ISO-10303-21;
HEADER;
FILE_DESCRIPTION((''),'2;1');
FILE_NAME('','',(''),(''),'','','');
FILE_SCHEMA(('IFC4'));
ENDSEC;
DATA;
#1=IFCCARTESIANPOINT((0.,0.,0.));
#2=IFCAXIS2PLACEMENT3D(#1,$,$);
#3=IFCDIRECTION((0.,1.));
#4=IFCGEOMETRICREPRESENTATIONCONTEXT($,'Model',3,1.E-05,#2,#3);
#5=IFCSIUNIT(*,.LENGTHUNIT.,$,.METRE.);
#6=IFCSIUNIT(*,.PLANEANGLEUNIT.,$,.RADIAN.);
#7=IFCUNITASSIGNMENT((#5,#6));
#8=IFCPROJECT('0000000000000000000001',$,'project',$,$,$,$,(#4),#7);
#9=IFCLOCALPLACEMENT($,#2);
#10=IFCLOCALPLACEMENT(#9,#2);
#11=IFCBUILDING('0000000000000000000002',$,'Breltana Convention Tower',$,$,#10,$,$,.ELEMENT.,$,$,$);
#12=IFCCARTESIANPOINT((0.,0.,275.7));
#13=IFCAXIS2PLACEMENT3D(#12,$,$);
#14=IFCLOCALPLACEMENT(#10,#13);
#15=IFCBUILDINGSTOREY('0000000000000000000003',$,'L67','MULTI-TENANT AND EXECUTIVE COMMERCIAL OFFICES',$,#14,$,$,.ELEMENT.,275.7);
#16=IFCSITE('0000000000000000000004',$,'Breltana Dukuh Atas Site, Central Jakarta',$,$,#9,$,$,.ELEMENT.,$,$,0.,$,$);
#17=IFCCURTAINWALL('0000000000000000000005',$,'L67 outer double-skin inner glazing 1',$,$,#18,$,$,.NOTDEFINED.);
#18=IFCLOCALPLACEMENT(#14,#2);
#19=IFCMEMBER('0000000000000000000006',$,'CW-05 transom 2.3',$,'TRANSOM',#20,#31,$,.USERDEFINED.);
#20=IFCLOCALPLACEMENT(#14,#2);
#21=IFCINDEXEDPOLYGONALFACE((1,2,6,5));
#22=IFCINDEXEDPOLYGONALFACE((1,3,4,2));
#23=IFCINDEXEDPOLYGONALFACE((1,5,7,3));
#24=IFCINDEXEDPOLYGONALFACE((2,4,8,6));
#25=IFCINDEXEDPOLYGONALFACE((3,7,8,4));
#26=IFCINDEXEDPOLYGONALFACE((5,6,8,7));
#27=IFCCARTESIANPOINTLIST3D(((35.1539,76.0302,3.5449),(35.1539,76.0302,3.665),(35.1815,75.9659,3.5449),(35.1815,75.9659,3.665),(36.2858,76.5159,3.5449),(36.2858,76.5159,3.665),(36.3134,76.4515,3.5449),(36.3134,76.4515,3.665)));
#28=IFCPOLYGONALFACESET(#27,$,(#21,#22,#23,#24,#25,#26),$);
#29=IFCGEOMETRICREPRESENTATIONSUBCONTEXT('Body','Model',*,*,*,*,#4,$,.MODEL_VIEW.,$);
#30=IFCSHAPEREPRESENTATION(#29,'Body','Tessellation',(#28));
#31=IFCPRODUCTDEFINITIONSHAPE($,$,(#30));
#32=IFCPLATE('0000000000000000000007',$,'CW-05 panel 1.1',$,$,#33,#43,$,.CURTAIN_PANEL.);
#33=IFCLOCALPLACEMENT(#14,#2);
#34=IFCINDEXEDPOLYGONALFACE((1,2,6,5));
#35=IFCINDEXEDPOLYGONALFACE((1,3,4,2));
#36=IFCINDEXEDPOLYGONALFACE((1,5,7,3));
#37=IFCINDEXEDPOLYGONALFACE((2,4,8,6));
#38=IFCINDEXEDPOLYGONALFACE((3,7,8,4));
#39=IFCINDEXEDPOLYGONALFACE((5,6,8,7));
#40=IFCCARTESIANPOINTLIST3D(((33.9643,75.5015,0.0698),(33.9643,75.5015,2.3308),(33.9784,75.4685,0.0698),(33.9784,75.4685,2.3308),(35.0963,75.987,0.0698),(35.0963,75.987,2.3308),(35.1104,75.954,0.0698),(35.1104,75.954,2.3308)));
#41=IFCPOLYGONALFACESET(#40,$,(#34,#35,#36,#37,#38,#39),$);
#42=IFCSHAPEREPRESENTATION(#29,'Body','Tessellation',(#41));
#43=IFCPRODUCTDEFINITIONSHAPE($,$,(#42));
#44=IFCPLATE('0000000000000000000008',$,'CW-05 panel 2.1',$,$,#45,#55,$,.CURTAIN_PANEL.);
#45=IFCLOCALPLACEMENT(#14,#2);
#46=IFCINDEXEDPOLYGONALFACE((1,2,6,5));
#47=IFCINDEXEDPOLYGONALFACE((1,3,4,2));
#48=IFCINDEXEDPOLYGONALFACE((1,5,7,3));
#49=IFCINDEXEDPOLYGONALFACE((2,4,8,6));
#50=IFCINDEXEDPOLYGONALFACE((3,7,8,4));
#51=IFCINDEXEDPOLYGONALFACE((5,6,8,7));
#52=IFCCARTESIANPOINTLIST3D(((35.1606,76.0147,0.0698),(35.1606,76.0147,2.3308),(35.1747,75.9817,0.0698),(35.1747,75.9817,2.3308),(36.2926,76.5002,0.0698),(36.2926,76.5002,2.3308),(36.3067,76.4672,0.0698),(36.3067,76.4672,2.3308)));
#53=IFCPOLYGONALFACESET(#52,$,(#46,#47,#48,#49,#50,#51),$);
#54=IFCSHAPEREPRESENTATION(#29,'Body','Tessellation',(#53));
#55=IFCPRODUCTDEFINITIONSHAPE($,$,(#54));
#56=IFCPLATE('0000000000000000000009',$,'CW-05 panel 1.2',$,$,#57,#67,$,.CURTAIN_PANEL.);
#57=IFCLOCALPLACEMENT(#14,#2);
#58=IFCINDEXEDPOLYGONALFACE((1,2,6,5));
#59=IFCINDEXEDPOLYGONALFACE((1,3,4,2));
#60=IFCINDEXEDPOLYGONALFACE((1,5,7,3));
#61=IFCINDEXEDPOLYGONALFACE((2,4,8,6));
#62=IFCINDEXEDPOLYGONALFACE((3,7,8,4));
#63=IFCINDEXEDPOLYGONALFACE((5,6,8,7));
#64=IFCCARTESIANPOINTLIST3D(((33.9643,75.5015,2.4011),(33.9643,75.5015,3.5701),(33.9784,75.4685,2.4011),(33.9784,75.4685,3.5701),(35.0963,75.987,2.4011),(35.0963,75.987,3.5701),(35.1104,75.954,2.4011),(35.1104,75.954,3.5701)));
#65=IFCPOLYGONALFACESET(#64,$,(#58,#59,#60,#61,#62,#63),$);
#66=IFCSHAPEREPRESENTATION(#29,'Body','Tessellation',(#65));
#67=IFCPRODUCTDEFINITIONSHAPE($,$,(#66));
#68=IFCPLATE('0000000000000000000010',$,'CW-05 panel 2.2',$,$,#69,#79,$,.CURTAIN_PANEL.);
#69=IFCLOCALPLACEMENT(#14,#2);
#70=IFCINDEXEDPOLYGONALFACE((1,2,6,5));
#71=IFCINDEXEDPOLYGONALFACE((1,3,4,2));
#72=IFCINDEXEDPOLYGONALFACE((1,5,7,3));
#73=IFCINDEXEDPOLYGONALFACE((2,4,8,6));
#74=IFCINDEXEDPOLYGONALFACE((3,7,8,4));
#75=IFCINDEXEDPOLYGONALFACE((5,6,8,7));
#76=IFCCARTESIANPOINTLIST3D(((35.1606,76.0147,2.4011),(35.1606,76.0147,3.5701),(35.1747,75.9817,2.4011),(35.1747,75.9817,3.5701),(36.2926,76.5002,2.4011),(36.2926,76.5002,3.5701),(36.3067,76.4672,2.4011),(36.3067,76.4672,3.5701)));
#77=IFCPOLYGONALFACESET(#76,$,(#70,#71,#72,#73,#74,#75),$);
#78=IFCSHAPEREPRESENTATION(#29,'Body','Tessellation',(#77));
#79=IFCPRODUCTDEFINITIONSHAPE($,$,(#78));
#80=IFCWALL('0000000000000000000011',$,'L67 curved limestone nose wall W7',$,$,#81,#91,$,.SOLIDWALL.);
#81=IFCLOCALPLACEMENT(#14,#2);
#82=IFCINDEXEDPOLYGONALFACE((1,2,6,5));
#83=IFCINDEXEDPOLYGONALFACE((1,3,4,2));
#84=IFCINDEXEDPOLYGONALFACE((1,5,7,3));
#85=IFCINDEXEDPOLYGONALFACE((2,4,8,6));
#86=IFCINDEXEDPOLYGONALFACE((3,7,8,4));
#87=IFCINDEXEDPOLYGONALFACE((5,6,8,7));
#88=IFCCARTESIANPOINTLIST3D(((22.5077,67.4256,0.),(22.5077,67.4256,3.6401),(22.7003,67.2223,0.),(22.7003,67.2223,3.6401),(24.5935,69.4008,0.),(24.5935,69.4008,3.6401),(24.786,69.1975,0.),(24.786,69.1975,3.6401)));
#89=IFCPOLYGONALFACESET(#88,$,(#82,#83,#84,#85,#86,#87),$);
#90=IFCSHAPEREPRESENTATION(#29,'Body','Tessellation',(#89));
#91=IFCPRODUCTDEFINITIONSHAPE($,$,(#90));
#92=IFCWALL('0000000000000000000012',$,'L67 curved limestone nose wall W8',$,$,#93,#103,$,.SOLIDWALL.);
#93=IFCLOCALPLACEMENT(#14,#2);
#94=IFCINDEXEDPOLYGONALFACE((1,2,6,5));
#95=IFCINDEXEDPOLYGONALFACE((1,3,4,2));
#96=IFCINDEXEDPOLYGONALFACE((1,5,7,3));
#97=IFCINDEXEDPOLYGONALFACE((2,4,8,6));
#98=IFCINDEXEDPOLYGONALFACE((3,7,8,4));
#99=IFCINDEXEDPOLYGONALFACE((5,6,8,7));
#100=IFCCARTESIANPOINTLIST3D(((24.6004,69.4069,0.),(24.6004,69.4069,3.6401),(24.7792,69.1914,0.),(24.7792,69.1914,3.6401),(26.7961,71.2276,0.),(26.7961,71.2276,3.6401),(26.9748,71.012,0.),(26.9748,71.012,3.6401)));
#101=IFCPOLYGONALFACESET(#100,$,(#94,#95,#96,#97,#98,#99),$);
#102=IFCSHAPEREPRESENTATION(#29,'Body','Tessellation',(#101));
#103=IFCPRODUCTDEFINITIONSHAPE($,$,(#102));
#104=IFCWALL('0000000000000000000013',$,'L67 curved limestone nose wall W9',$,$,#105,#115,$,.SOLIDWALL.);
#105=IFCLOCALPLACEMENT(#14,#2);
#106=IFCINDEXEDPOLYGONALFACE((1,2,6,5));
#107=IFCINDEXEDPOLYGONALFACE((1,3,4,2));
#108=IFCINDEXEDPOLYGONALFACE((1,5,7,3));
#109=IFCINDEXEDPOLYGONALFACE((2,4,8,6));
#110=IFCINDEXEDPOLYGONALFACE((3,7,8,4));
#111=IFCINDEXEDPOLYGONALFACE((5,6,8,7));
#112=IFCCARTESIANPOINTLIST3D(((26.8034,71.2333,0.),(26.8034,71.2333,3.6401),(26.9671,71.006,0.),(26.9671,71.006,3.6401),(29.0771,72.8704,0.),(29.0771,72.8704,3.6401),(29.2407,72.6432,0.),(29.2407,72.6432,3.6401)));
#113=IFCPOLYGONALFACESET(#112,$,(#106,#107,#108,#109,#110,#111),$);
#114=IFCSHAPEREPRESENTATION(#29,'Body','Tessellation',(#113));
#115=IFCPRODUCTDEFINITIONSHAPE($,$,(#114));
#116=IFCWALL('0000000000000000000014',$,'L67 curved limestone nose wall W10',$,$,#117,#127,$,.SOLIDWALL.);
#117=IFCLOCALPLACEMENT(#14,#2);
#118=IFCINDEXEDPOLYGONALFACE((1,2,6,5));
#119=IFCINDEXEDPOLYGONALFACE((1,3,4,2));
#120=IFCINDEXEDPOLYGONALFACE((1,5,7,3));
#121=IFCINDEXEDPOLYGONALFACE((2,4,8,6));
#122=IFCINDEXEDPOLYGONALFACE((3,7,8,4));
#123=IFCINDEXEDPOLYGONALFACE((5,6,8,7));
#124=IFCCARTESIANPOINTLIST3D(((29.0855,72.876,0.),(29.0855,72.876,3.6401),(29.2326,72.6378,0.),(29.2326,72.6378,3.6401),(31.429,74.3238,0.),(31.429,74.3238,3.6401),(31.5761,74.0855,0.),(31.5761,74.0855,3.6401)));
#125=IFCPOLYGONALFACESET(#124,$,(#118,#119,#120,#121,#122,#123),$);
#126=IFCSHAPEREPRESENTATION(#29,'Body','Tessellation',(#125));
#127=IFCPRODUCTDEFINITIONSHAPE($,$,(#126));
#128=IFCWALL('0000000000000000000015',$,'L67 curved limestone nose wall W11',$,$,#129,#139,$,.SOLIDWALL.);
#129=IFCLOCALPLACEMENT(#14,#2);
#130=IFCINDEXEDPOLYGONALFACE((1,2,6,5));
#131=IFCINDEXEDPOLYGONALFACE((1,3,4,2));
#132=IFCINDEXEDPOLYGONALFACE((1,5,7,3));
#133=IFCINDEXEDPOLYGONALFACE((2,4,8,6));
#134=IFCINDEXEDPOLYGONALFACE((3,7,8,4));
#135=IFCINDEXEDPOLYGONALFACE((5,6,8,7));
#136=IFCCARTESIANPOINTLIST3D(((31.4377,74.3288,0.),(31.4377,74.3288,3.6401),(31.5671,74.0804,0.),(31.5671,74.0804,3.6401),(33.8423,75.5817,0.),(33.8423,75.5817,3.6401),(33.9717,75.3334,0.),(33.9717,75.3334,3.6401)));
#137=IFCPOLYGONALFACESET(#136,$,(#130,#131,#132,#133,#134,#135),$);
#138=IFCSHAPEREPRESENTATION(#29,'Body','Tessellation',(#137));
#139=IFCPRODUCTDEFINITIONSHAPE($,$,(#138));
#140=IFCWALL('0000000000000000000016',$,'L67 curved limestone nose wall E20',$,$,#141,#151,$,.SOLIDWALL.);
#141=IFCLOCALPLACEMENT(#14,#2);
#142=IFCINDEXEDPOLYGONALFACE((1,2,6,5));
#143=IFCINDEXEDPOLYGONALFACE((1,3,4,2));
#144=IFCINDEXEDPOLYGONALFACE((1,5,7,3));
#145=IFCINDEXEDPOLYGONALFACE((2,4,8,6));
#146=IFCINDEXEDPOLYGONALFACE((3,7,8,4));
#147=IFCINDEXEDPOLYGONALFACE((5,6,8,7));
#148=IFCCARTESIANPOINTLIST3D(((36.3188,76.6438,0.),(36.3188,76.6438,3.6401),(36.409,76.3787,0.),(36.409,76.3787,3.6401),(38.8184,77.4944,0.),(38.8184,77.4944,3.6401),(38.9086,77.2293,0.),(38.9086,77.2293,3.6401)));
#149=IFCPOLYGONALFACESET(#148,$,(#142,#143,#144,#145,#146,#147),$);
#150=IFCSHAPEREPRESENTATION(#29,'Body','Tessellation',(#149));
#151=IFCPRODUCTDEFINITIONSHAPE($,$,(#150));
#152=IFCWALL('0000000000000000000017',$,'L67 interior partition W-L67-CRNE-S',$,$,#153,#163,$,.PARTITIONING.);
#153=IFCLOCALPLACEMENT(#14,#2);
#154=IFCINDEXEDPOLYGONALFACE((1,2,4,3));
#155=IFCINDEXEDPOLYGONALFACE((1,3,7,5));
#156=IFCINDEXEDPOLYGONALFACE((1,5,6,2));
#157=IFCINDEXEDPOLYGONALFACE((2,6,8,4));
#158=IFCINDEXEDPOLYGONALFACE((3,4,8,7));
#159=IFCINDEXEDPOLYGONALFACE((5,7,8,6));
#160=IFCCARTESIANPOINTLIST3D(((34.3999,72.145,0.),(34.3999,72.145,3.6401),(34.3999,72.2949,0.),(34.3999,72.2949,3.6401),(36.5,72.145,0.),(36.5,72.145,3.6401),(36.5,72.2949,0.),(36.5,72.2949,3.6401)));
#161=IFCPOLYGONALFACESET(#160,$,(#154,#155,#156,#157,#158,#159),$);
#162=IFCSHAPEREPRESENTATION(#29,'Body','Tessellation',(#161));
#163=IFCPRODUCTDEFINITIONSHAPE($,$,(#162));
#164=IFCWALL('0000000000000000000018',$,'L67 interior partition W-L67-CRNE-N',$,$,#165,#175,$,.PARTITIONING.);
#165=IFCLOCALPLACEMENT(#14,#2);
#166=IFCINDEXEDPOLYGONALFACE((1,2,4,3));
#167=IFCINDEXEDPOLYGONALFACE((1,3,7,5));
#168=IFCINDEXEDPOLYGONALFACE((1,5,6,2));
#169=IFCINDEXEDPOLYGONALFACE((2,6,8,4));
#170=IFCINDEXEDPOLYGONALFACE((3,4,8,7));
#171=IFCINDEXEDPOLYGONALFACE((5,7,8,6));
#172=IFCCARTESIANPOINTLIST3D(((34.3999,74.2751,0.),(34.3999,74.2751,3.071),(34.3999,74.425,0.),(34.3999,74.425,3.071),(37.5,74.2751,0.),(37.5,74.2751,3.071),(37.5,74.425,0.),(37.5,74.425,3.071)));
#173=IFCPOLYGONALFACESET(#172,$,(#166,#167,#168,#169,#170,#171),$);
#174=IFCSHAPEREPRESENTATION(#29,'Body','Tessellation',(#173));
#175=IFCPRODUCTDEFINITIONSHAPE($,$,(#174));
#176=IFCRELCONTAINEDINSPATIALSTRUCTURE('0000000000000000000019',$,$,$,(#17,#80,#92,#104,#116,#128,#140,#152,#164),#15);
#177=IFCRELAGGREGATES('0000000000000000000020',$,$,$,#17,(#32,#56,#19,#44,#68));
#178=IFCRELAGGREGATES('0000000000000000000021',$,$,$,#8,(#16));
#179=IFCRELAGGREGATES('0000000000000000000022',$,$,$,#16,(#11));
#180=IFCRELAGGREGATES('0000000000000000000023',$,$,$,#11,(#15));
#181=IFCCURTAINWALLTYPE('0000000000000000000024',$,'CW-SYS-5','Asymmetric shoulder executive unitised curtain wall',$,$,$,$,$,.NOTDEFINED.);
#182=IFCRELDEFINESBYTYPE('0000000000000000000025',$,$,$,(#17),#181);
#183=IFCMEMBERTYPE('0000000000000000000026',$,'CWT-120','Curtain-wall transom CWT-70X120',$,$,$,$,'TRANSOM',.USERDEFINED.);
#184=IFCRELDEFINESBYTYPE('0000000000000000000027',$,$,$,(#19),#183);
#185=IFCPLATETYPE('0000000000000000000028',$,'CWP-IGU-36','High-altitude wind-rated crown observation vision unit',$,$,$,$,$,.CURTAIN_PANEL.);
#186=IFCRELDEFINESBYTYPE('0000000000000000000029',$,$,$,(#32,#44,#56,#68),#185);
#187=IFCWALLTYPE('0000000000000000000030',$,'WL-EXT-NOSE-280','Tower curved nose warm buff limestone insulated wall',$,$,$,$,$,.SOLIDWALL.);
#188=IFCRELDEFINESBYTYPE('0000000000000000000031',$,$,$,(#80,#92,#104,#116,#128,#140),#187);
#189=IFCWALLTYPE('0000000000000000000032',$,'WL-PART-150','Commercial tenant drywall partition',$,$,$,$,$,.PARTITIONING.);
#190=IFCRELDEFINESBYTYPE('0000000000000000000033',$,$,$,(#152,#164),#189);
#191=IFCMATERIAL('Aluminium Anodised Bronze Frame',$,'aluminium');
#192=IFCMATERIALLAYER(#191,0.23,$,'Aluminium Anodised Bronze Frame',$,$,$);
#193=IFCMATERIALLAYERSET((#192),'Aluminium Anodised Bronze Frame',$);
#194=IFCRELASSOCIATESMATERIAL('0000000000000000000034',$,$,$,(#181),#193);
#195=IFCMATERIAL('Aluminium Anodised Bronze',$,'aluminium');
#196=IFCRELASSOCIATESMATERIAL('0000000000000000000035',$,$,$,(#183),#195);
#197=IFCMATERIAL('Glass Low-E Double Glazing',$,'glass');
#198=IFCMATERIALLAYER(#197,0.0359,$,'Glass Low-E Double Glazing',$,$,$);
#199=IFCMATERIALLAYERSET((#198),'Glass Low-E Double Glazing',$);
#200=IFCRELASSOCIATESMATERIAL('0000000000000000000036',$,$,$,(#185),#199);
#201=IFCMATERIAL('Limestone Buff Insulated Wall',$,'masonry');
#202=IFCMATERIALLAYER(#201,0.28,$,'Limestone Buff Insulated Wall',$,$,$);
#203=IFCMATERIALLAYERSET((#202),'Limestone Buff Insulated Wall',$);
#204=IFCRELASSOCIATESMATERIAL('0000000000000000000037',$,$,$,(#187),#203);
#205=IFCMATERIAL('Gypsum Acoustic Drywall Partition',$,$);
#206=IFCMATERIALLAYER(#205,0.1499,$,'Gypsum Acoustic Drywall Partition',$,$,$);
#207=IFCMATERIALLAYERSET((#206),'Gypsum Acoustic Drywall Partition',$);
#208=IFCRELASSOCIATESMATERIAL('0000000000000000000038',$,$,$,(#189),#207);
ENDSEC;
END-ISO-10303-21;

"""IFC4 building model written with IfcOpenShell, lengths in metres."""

from ifc_helpers import new_model, si_unit, direction, frame, frame_2d, origin, origin_2d, place, context, subcontext, project, spatial, rectangle, extrude, source, transform, mapped, material, layer, layer_set, material_profile, profile_set, type_object, element, aggregate, save


model = new_model("IFC4")

# Units and contexts
model_context = context("Model", 3, precision=1e-05, world=origin(), true_north=direction((0.0, 1.0)))
body_context = subcontext(model_context, "Body", "Model", "MODEL_VIEW")
ifc_project = project(units=[si_unit("LENGTHUNIT", "METRE"), si_unit("PLANEANGLEUNIT", "RADIAN")], contexts=[model_context])

# Site, building, storey
site_placement = place(None, origin())
site = spatial("IfcSite", under=ifc_project, at=site_placement, Name="Breltana Dukuh Atas Site, Central Jakarta", CompositionType="ELEMENT", RefElevation=0.0)
building_placement = place(site_placement, origin())
building = spatial("IfcBuilding", under=site, at=building_placement, Name="Breltana Convention Tower", CompositionType="ELEMENT")
storey_placement = place(building_placement, frame((0.0, 0.0, 275.7)))
storey = spatial("IfcBuildingStorey", under=building, at=storey_placement, Name="L67", Description="MULTI-TENANT AND EXECUTIVE COMMERCIAL OFFICES", CompositionType="ELEMENT", Elevation=275.7)

# Curtain wall, member, plates
ifc_material_1 = material(Name="Aluminium Anodised Bronze Frame", Category="aluminium")
ifc_layer_1 = layer(ifc_material_1, 0.23, Name="Aluminium Anodised Bronze Frame")
ifc_layer_set_1 = layer_set([ifc_layer_1], Name="Aluminium Anodised Bronze Frame")
curtain_wall_type = type_object("IfcCurtainWallType", Name="CW-SYS-5", Description="Asymmetric shoulder executive unitised curtain wall", PredefinedType="NOTDEFINED", material=ifc_layer_set_1)
curtain_wall_placement = place(storey_placement, origin())
curtain_wall = element("IfcCurtainWall", 1, at=curtain_wall_placement, inside=storey, type_object=curtain_wall_type, Name="L67 outer double-skin inner glazing 1", PredefinedType="NOTDEFINED")
ifc_material_2 = material(Name="Aluminium Anodised Bronze", Category="aluminium")
ifc_material_profile_1 = material_profile(ifc_material_2, rectangle(XDim=0.0701, YDim=0.1201, at=origin_2d()), Name="CWT-70X120")
ifc_profile_set_1 = profile_set([ifc_material_profile_1], Name="Aluminium Anodised Bronze")
member_type_1 = type_object("IfcMemberType", Name="CWT-120", Description="Curtain-wall transom CWT-70X120", ElementType="TRANSOM", PredefinedType="USERDEFINED", material=ifc_profile_set_1)
shared_shape_1 = source(origin(), body_context, "Body", "SweptSolid", [
    extrude(rectangle(XDim=0.0701, YDim=0.1201, at=origin_2d()), origin(), (0.0, 0.0, 1.0), 1.2317),
])
member_1_placement = place(storey_placement, frame((35.1677, 75.998, 3.605), z_axis=(0.918991, 0.394278, 0.0), x_axis=(-0.394278, 0.918991, 0.0)))
member_1 = element("IfcMember", 2, at=member_1_placement, type_object=member_type_1, Name="CW-05 transom 2.3", ObjectType="TRANSOM", PredefinedType="USERDEFINED", context=body_context, shape_type="MappedRepresentation", body=[
    mapped(shared_shape_1, transform((0.0, 0.0, 0.0), scale=1.0)),
])
ifc_material_3 = material(Name="Glass Low-E Double Glazing", Category="glass")
ifc_layer_2 = layer(ifc_material_3, 0.0359, Name="Glass Low-E Double Glazing")
ifc_layer_set_2 = layer_set([ifc_layer_2], Name="Glass Low-E Double Glazing")
plate_type = type_object("IfcPlateType", Name="CWP-IGU-36", Description="High-altitude wind-rated crown observation vision unit", PredefinedType="CURTAIN_PANEL", material=ifc_layer_set_2)
shared_shape_2 = source(origin(), body_context, "Body", "SweptSolid", [
    extrude(rectangle(XDim=1.2317, YDim=0.0359, at=origin_2d()), origin(), (0.0, 0.0, 1.0), 2.261),
])
plate_1_placement = place(storey_placement, frame((34.5374, 75.7278, 0.0698), z_axis=(0.0, 0.0, 1.0), x_axis=(0.919033, 0.394181, 0.0)))
plate_1 = element("IfcPlate", 3, at=plate_1_placement, type_object=plate_type, Name="CW-05 panel 1.1", PredefinedType="CURTAIN_PANEL", context=body_context, shape_type="MappedRepresentation", body=[
    mapped(shared_shape_2, transform((0.0, 0.0, 0.0), scale=1.0)),
])
plate_2_placement = place(storey_placement, frame((35.7336, 76.241, 0.0698), z_axis=(0.0, 0.0, 1.0), x_axis=(0.919033, 0.394181, 0.0)))
plate_2 = element("IfcPlate", 4, at=plate_2_placement, type_object=plate_type, Name="CW-05 panel 2.1", PredefinedType="CURTAIN_PANEL", context=body_context, shape_type="MappedRepresentation", body=[
    mapped(shared_shape_2, transform((0.0, 0.0, 0.0), scale=1.0)),
])
shared_shape_3 = source(origin(), body_context, "Body", "SweptSolid", [
    extrude(rectangle(XDim=1.2317, YDim=0.0359, at=origin_2d()), origin(), (0.0, 0.0, 1.0), 1.1689),
])
plate_3_placement = place(storey_placement, frame((34.5374, 75.7278, 2.4011), z_axis=(0.0, 0.0, 1.0), x_axis=(0.919033, 0.394181, 0.0)))
plate_3 = element("IfcPlate", 5, at=plate_3_placement, type_object=plate_type, Name="CW-05 panel 1.2", PredefinedType="CURTAIN_PANEL", context=body_context, shape_type="MappedRepresentation", body=[
    mapped(shared_shape_3, transform((0.0, 0.0, 0.0), scale=1.0)),
])
plate_4_placement = place(storey_placement, frame((35.7336, 76.241, 2.4011), z_axis=(0.0, 0.0, 1.0), x_axis=(0.919033, 0.394181, 0.0)))
plate_4 = element("IfcPlate", 6, at=plate_4_placement, type_object=plate_type, Name="CW-05 panel 2.2", PredefinedType="CURTAIN_PANEL", context=body_context, shape_type="MappedRepresentation", body=[
    mapped(shared_shape_3, transform((0.0, 0.0, 0.0), scale=1.0)),
])
aggregate(curtain_wall, [plate_1, plate_3, member_1, plate_2, plate_4])

# Walls
ifc_material_4 = material(Name="Limestone Buff Insulated Wall", Category="masonry")
ifc_layer_3 = layer(ifc_material_4, 0.28, Name="Limestone Buff Insulated Wall")
ifc_layer_set_3 = layer_set([ifc_layer_3], Name="Limestone Buff Insulated Wall")
wall_type_1 = type_object("IfcWallType", Name="WL-EXT-NOSE-280", Description="Tower curved nose warm buff limestone insulated wall", PredefinedType="SOLIDWALL", material=ifc_layer_set_3)
shared_shape_4 = source(origin(), body_context, "Body", "SweptSolid", [
    extrude(rectangle(XDim=2.8726, YDim=0.28, at=frame_2d((1.4363, 0.0))), origin(), (0.0, 0.0, 1.0), 3.6401),
])
wall_1_placement = place(storey_placement, frame((22.604, 67.324, 0.0), z_axis=(0.0, 0.0, 1.0), x_axis=(0.726096, 0.687594, 0.0)))
element("IfcWall", 7, at=wall_1_placement, inside=storey, type_object=wall_type_1, Name="L67 curved limestone nose wall W7", PredefinedType="SOLIDWALL", context=body_context, shape_type="MappedRepresentation", body=[
    mapped(shared_shape_4, transform((0.0, 0.0, 0.0), scale=1.0)),
])
shared_shape_5 = source(origin(), body_context, "Body", "SweptSolid", [
    extrude(rectangle(XDim=2.8523, YDim=0.28, at=frame_2d((1.4263, 0.0))), origin(), (0.0, 0.0, 1.0), 3.6401),
])
wall_2_placement = place(storey_placement, frame((24.6897, 69.2991, 0.0), z_axis=(0.0, 0.0, 1.0), x_axis=(0.769784, 0.638305, 0.0)))
element("IfcWall", 8, at=wall_2_placement, inside=storey, type_object=wall_type_1, Name="L67 curved limestone nose wall W8", PredefinedType="SOLIDWALL", context=body_context, shape_type="MappedRepresentation", body=[
    mapped(shared_shape_5, transform((0.0, 0.0, 0.0), scale=1.0)),
])
shared_shape_6 = source(origin(), body_context, "Body", "SweptSolid", [
    extrude(rectangle(XDim=2.8018, YDim=0.28, at=frame_2d((1.4009, 0.0))), origin(), (0.0, 0.0, 1.0), 3.6401),
])
wall_3_placement = place(storey_placement, frame((26.8853, 71.1196, 0.0), z_axis=(0.0, 0.0, 1.0), x_axis=(0.811508, 0.584341, 0.0)))
element("IfcWall", 9, at=wall_3_placement, inside=storey, type_object=wall_type_1, Name="L67 curved limestone nose wall W9", PredefinedType="SOLIDWALL", context=body_context, shape_type="MappedRepresentation", body=[
    mapped(shared_shape_6, transform((0.0, 0.0, 0.0), scale=1.0)),
])
shared_shape_7 = source(origin(), body_context, "Body", "SweptSolid", [
    extrude(rectangle(XDim=2.7546, YDim=0.28, at=frame_2d((1.3774, 0.0))), origin(), (0.0, 0.0, 1.0), 3.6401),
])
wall_4_placement = place(storey_placement, frame((29.1589, 72.7568, 0.0), z_axis=(0.0, 0.0, 1.0), x_axis=(0.85075, 0.52557, 0.0)))
element("IfcWall", 10, at=wall_4_placement, inside=storey, type_object=wall_type_1, Name="L67 curved limestone nose wall W10", PredefinedType="SOLIDWALL", context=body_context, shape_type="MappedRepresentation", body=[
    mapped(shared_shape_7, transform((0.0, 0.0, 0.0), scale=1.0)),
])
shared_shape_8 = source(origin(), body_context, "Body", "SweptSolid", [
    extrude(rectangle(XDim=2.7114, YDim=0.28, at=frame_2d((1.3557, 0.0))), origin(), (0.0, 0.0, 1.0), 3.6401),
])
wall_5_placement = place(storey_placement, frame((31.5024, 74.2046, 0.0), z_axis=(0.0, 0.0, 1.0), x_axis=(0.886829, 0.462098, 0.0)))
element("IfcWall", 11, at=wall_5_placement, inside=storey, type_object=wall_type_1, Name="L67 curved limestone nose wall W11", PredefinedType="SOLIDWALL", context=body_context, shape_type="MappedRepresentation", body=[
    mapped(shared_shape_8, transform((0.0, 0.0, 0.0), scale=1.0)),
])
shared_shape_9 = source(origin(), body_context, "Body", "SweptSolid", [
    extrude(rectangle(XDim=2.6404, YDim=0.28, at=frame_2d((1.3203, 0.0))), origin(), (0.0, 0.0, 1.0), 3.6401),
])
wall_6_placement = place(storey_placement, frame((36.3638, 76.5112, 0.0), z_axis=(0.0, 0.0, 1.0), x_axis=(0.946686, 0.322158, 0.0)))
element("IfcWall", 12, at=wall_6_placement, inside=storey, type_object=wall_type_1, Name="L67 curved limestone nose wall E20", PredefinedType="SOLIDWALL", context=body_context, shape_type="MappedRepresentation", body=[
    mapped(shared_shape_9, transform((0.0, 0.0, 0.0), scale=1.0)),
])
ifc_material_5 = material(Name="Gypsum Acoustic Drywall Partition")
ifc_layer_4 = layer(ifc_material_5, 0.1499, Name="Gypsum Acoustic Drywall Partition")
ifc_layer_set_4 = layer_set([ifc_layer_4], Name="Gypsum Acoustic Drywall Partition")
wall_type_2 = type_object("IfcWallType", Name="WL-PART-150", Description="Commercial tenant drywall partition", PredefinedType="PARTITIONING", material=ifc_layer_set_4)
shared_shape_10 = source(origin(), body_context, "Body", "SweptSolid", [
    extrude(rectangle(XDim=2.1001, YDim=0.1499, at=frame_2d((1.05, 0.0))), origin(), (0.0, 0.0, 1.0), 3.6401),
])
wall_7_placement = place(storey_placement, frame((34.3999, 72.22, 0.0), z_axis=(0.0, 0.0, 1.0), x_axis=(1.0, 0.0, 0.0)))
element("IfcWall", 13, at=wall_7_placement, inside=storey, type_object=wall_type_2, Name="L67 interior partition W-L67-CRNE-S", PredefinedType="PARTITIONING", context=body_context, shape_type="MappedRepresentation", body=[
    mapped(shared_shape_10, transform((0.0, 0.0, 0.0), scale=1.0)),
])
shared_shape_11 = source(origin(), body_context, "Body", "SweptSolid", [
    extrude(rectangle(XDim=3.1001, YDim=0.1499, at=frame_2d((1.55, 0.0))), origin(), (0.0, 0.0, 1.0), 3.071),
])
wall_8_placement = place(storey_placement, frame((34.3999, 74.3501, 0.0), z_axis=(0.0, 0.0, 1.0), x_axis=(1.0, 0.0, 0.0)))
element("IfcWall", 14, at=wall_8_placement, inside=storey, type_object=wall_type_2, Name="L67 interior partition W-L67-CRNE-N", PredefinedType="PARTITIONING", context=body_context, shape_type="MappedRepresentation", body=[
    mapped(shared_shape_11, transform((0.0, 0.0, 0.0), scale=1.0)),
])

save(model, "model.ifc")
